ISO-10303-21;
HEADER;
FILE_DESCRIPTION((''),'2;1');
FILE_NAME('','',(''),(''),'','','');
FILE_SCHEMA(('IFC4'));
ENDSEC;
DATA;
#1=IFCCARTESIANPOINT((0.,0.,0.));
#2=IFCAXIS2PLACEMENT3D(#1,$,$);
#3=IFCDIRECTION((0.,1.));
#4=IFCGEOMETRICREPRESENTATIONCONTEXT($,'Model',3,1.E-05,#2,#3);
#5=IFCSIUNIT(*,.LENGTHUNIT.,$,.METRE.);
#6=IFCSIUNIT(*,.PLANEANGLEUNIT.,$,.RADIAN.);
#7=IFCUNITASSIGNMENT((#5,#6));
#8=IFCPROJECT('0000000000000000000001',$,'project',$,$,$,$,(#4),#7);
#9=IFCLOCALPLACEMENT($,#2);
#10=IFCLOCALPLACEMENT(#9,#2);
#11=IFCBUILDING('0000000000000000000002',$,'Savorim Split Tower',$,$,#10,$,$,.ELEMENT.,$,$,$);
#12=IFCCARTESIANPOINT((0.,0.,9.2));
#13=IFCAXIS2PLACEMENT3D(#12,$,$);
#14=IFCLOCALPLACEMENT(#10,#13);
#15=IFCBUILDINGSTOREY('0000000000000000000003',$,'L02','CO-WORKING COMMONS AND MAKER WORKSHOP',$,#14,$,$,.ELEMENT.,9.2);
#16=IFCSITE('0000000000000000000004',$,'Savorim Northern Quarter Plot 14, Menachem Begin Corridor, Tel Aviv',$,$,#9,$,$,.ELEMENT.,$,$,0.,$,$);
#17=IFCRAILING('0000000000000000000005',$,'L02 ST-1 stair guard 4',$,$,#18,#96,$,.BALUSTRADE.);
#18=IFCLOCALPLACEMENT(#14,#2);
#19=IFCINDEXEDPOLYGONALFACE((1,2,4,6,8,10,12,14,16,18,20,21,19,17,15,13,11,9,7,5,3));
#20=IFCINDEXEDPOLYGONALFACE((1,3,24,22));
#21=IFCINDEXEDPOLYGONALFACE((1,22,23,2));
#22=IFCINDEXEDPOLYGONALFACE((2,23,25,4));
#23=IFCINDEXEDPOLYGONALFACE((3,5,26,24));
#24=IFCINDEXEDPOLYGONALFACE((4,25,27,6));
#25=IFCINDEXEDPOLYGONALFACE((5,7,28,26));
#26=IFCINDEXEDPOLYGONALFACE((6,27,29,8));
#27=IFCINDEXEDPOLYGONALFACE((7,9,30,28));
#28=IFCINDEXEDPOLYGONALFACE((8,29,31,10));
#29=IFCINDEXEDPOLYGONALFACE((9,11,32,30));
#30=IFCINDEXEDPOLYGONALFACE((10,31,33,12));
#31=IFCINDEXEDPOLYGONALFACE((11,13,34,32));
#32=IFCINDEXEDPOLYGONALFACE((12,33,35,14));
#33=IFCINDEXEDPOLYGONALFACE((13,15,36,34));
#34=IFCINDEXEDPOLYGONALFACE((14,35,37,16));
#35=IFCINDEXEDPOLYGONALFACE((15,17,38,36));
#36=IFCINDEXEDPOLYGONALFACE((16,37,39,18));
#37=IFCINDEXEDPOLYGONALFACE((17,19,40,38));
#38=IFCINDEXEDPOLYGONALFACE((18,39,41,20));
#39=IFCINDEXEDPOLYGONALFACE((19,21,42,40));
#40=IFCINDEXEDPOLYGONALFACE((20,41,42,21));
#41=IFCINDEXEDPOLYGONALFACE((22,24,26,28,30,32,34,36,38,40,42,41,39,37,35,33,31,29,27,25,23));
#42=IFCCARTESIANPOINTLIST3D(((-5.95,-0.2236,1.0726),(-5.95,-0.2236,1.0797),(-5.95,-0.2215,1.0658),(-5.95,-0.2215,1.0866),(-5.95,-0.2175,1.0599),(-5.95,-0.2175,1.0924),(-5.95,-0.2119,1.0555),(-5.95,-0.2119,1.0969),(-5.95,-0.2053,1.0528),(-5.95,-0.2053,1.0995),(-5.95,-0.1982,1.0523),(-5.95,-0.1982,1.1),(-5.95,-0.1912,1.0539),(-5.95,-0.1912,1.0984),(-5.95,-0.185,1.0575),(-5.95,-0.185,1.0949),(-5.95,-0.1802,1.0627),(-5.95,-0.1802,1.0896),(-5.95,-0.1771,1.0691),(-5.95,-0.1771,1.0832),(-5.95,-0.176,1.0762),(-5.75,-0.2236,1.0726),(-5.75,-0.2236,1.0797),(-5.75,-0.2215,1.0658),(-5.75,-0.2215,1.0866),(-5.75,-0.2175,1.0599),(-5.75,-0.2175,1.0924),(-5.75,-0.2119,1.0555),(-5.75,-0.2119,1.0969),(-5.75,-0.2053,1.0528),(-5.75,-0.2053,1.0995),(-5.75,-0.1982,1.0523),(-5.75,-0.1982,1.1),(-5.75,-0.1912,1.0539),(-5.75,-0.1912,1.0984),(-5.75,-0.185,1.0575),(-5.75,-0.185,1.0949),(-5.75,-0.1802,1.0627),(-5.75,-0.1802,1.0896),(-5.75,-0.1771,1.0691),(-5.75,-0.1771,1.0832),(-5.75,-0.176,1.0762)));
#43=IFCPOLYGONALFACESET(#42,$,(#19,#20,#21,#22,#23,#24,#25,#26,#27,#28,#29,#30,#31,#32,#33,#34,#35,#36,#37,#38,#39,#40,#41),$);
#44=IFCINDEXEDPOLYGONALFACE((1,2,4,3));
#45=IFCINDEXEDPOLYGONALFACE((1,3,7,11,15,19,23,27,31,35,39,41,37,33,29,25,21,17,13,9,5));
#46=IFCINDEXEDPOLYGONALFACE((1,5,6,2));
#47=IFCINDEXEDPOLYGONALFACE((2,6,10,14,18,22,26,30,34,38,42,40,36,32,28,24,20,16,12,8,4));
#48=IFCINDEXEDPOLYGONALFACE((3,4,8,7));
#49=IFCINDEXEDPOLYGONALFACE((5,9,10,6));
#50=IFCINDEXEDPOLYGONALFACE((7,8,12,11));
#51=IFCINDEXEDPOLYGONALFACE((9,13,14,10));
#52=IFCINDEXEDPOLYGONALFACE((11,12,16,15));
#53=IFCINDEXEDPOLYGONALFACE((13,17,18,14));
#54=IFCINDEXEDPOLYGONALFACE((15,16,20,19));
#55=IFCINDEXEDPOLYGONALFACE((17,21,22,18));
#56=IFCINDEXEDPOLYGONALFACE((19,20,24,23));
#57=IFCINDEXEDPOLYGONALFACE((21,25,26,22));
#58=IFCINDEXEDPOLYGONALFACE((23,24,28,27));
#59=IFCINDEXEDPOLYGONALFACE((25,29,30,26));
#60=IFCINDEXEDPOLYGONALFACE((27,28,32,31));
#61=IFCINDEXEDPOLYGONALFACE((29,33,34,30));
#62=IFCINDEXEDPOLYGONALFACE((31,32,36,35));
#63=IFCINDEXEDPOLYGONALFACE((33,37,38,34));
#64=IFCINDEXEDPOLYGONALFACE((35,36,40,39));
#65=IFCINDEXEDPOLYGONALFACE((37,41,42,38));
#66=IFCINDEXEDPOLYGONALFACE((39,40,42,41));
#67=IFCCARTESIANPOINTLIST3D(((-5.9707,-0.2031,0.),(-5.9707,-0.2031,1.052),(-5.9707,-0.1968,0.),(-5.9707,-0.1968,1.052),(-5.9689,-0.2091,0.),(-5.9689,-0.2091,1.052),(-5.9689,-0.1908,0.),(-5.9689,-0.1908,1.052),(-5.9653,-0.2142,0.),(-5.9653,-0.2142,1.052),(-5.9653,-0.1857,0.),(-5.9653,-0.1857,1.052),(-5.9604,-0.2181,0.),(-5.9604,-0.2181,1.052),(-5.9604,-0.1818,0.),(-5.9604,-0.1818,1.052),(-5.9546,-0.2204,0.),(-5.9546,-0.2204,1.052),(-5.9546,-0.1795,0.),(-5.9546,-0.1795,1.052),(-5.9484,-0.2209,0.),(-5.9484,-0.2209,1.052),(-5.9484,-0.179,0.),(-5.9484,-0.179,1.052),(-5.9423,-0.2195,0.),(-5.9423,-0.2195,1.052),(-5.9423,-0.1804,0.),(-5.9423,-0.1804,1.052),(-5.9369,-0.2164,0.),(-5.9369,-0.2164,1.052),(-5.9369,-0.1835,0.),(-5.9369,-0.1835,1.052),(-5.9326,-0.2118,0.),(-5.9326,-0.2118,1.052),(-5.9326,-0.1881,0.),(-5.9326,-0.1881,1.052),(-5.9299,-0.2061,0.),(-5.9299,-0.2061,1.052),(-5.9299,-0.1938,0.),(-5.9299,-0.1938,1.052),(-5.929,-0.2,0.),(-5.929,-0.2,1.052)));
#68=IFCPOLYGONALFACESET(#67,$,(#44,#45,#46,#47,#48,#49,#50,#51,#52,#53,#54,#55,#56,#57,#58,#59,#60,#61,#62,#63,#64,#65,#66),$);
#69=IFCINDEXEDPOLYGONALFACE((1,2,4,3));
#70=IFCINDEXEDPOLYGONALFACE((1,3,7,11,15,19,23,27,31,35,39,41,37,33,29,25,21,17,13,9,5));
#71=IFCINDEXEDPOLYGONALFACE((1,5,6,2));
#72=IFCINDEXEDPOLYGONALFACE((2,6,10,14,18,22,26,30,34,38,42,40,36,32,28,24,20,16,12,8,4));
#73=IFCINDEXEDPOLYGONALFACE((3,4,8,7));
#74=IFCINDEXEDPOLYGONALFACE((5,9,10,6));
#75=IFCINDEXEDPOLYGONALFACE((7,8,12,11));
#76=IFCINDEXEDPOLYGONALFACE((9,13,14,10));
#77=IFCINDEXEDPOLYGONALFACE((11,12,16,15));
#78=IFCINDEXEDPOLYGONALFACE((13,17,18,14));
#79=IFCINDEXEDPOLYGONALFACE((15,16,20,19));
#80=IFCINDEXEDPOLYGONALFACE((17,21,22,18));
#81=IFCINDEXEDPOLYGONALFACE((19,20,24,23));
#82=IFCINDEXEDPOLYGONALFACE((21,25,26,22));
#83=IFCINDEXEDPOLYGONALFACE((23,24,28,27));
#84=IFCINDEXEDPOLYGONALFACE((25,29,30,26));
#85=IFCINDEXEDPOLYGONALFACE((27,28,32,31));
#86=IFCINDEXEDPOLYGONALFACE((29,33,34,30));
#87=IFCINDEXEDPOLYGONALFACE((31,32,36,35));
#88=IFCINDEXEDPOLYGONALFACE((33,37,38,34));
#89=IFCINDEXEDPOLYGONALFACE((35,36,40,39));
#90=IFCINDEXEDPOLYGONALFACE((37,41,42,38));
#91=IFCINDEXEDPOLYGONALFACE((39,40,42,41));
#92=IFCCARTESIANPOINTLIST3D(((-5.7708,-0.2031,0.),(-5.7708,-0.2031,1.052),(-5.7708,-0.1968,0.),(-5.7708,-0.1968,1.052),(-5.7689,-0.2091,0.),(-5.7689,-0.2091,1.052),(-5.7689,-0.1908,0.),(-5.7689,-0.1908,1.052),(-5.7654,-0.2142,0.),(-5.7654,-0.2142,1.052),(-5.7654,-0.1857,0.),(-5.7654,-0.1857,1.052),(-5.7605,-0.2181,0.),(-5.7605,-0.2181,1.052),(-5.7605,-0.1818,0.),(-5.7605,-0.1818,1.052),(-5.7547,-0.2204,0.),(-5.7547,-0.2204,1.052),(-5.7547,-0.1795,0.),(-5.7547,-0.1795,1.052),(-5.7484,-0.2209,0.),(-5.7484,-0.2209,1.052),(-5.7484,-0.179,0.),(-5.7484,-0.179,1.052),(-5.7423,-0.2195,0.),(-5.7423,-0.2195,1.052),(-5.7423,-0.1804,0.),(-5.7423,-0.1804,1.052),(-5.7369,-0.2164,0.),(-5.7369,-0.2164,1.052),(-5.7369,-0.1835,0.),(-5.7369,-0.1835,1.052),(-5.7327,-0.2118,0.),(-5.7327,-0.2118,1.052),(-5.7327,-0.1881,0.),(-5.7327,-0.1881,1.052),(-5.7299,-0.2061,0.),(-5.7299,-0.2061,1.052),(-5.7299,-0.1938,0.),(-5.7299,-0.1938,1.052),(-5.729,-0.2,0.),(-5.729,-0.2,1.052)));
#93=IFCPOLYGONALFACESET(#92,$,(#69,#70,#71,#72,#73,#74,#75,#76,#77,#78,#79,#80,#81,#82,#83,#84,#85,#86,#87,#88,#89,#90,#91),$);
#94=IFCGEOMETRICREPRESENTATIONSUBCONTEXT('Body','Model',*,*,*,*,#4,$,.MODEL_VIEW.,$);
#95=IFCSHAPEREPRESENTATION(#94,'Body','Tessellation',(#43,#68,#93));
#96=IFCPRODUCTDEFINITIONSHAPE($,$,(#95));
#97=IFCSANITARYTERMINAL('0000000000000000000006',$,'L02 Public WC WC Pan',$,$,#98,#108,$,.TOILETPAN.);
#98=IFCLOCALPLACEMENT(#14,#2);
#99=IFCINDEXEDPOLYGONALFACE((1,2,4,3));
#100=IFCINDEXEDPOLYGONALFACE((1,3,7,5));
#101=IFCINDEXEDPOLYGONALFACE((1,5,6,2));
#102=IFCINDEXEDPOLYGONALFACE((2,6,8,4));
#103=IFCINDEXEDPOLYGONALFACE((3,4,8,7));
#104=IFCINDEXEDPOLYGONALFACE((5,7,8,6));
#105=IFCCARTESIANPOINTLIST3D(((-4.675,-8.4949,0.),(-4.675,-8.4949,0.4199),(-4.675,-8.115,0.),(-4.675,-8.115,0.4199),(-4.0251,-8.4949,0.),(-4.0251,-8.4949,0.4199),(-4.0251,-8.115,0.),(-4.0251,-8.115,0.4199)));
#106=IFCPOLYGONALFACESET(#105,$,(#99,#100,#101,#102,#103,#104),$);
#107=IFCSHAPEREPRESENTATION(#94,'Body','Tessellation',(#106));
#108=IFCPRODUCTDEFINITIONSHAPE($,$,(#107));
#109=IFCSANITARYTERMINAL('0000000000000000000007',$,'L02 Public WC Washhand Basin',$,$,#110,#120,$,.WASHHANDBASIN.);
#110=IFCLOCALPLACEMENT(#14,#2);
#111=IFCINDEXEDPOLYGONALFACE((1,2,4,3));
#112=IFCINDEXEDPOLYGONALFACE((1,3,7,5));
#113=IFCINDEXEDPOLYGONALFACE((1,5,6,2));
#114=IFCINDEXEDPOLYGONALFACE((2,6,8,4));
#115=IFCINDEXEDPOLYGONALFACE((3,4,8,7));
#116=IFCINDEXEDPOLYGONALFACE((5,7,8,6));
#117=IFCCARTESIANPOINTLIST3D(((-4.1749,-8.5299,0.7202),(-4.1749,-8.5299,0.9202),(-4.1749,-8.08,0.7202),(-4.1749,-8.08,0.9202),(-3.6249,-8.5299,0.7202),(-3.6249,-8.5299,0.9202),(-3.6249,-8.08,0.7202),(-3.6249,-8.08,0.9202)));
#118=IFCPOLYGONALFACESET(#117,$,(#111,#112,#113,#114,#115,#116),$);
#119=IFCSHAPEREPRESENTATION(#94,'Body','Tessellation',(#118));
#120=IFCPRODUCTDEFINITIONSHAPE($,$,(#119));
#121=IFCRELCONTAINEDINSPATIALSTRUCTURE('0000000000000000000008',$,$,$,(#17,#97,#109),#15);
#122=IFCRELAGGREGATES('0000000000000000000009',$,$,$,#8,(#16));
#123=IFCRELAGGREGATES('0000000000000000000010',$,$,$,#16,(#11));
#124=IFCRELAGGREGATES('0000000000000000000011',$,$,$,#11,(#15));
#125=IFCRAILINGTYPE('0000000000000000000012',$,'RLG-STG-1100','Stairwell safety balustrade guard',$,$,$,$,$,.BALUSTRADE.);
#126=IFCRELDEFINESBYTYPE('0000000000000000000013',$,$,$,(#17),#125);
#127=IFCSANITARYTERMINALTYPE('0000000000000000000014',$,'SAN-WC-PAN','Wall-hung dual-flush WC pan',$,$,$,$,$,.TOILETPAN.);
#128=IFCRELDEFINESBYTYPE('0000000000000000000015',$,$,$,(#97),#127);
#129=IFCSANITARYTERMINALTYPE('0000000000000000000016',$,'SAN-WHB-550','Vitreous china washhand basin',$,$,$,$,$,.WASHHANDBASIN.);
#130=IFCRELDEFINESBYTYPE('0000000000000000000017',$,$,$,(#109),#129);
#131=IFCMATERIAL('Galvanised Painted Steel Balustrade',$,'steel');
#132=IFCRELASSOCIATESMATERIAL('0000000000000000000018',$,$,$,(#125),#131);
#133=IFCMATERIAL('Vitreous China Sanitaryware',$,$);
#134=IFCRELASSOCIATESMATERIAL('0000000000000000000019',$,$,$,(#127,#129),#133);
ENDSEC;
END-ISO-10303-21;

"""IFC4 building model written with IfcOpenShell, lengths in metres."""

from ifc_helpers import new_model, si_unit, direction, frame, origin, origin_2d, place, context, subcontext, project, spatial, rectangle, circle, extrude, material, type_object, element, save


model = new_model("IFC4")

# Units and contexts
model_context = context("Model", 3, precision=1e-05, world=origin(), true_north=direction((0.0, 1.0)))
body_context = subcontext(model_context, "Body", "Model", "MODEL_VIEW")
ifc_project = project(units=[si_unit("LENGTHUNIT", "METRE"), si_unit("PLANEANGLEUNIT", "RADIAN")], contexts=[model_context])

# Site, building, storey
site_placement = place(None, origin())
site = spatial("IfcSite", under=ifc_project, at=site_placement, Name="Savorim Northern Quarter Plot 14, Menachem Begin Corridor, Tel Aviv", CompositionType="ELEMENT", RefElevation=0.0)
building_placement = place(site_placement, origin())
building = spatial("IfcBuilding", under=site, at=building_placement, Name="Savorim Split Tower", CompositionType="ELEMENT")
storey_placement = place(building_placement, frame((0.0, 0.0, 9.2)))
storey = spatial("IfcBuildingStorey", under=building, at=storey_placement, Name="L02", Description="CO-WORKING COMMONS AND MAKER WORKSHOP", CompositionType="ELEMENT", Elevation=9.2)

# Railing
ifc_material_1 = material(Name="Galvanised Painted Steel Balustrade", Category="steel")
railing_type_1 = type_object("IfcRailingType", Name="RLG-STG-1100", Description="Stairwell safety balustrade guard", PredefinedType="BALUSTRADE", material=ifc_material_1)
railing_1_placement = place(storey_placement, frame((-5.95, -0.2, 0.0)))
element("IfcRailing", 1, at=railing_1_placement, inside=storey, type_object=railing_type_1, Name="L02 ST-1 stair guard 4", PredefinedType="BALUSTRADE", context=body_context, shape_type="SweptSolid", body=[
    extrude(circle(Radius=0.0239, at=origin_2d()), frame((0.0, 0.0, 1.0762), z_axis=(1.0, 0.0, 0.0), x_axis=(0.0, 1.0, 0.0)), (0.0, 0.0, 1.0), 0.2),
    extrude(circle(Radius=0.021, at=origin_2d()), origin(), (0.0, 0.0, 1.0), 1.052),
    extrude(circle(Radius=0.021, at=origin_2d()), frame((0.2, 0.0, 0.0)), (0.0, 0.0, 1.0), 1.052),
])

# Sanitary terminals
ifc_material_2 = material(Name="Vitreous China Sanitaryware")
sanitary_terminal_type_1 = type_object("IfcSanitaryTerminalType", Name="SAN-WC-PAN", Description="Wall-hung dual-flush WC pan", PredefinedType="TOILETPAN", material=ifc_material_2)
sanitary_terminal_1_placement = place(storey_placement, frame((-4.3501, -8.3049, 0.0), z_axis=(0.0, 0.0, 1.0), x_axis=(1.0, 0.0, 0.0)))
element("IfcSanitaryTerminal", 2, at=sanitary_terminal_1_placement, inside=storey, type_object=sanitary_terminal_type_1, Name="L02 Public WC WC Pan", PredefinedType="TOILETPAN", context=body_context, shape_type="SweptSolid", body=[
    extrude(rectangle(XDim=0.6499, YDim=0.3799, at=origin_2d()), origin(), (0.0, 0.0, 1.0), 0.4199),
])
sanitary_terminal_type_2 = type_object("IfcSanitaryTerminalType", Name="SAN-WHB-550", Description="Vitreous china washhand basin", PredefinedType="WASHHANDBASIN", material=ifc_material_2)
sanitary_terminal_2_placement = place(storey_placement, frame((-3.8999, -8.3049, 0.7202), z_axis=(0.0, 0.0, 1.0), x_axis=(1.0, 0.0, 0.0)))
element("IfcSanitaryTerminal", 3, at=sanitary_terminal_2_placement, inside=storey, type_object=sanitary_terminal_type_2, Name="L02 Public WC Washhand Basin", PredefinedType="WASHHANDBASIN", context=body_context, shape_type="SweptSolid", body=[
    extrude(rectangle(XDim=0.55, YDim=0.45, at=origin_2d()), origin(), (0.0, 0.0, 1.0), 0.2),
])

save(model, "model.ifc")
